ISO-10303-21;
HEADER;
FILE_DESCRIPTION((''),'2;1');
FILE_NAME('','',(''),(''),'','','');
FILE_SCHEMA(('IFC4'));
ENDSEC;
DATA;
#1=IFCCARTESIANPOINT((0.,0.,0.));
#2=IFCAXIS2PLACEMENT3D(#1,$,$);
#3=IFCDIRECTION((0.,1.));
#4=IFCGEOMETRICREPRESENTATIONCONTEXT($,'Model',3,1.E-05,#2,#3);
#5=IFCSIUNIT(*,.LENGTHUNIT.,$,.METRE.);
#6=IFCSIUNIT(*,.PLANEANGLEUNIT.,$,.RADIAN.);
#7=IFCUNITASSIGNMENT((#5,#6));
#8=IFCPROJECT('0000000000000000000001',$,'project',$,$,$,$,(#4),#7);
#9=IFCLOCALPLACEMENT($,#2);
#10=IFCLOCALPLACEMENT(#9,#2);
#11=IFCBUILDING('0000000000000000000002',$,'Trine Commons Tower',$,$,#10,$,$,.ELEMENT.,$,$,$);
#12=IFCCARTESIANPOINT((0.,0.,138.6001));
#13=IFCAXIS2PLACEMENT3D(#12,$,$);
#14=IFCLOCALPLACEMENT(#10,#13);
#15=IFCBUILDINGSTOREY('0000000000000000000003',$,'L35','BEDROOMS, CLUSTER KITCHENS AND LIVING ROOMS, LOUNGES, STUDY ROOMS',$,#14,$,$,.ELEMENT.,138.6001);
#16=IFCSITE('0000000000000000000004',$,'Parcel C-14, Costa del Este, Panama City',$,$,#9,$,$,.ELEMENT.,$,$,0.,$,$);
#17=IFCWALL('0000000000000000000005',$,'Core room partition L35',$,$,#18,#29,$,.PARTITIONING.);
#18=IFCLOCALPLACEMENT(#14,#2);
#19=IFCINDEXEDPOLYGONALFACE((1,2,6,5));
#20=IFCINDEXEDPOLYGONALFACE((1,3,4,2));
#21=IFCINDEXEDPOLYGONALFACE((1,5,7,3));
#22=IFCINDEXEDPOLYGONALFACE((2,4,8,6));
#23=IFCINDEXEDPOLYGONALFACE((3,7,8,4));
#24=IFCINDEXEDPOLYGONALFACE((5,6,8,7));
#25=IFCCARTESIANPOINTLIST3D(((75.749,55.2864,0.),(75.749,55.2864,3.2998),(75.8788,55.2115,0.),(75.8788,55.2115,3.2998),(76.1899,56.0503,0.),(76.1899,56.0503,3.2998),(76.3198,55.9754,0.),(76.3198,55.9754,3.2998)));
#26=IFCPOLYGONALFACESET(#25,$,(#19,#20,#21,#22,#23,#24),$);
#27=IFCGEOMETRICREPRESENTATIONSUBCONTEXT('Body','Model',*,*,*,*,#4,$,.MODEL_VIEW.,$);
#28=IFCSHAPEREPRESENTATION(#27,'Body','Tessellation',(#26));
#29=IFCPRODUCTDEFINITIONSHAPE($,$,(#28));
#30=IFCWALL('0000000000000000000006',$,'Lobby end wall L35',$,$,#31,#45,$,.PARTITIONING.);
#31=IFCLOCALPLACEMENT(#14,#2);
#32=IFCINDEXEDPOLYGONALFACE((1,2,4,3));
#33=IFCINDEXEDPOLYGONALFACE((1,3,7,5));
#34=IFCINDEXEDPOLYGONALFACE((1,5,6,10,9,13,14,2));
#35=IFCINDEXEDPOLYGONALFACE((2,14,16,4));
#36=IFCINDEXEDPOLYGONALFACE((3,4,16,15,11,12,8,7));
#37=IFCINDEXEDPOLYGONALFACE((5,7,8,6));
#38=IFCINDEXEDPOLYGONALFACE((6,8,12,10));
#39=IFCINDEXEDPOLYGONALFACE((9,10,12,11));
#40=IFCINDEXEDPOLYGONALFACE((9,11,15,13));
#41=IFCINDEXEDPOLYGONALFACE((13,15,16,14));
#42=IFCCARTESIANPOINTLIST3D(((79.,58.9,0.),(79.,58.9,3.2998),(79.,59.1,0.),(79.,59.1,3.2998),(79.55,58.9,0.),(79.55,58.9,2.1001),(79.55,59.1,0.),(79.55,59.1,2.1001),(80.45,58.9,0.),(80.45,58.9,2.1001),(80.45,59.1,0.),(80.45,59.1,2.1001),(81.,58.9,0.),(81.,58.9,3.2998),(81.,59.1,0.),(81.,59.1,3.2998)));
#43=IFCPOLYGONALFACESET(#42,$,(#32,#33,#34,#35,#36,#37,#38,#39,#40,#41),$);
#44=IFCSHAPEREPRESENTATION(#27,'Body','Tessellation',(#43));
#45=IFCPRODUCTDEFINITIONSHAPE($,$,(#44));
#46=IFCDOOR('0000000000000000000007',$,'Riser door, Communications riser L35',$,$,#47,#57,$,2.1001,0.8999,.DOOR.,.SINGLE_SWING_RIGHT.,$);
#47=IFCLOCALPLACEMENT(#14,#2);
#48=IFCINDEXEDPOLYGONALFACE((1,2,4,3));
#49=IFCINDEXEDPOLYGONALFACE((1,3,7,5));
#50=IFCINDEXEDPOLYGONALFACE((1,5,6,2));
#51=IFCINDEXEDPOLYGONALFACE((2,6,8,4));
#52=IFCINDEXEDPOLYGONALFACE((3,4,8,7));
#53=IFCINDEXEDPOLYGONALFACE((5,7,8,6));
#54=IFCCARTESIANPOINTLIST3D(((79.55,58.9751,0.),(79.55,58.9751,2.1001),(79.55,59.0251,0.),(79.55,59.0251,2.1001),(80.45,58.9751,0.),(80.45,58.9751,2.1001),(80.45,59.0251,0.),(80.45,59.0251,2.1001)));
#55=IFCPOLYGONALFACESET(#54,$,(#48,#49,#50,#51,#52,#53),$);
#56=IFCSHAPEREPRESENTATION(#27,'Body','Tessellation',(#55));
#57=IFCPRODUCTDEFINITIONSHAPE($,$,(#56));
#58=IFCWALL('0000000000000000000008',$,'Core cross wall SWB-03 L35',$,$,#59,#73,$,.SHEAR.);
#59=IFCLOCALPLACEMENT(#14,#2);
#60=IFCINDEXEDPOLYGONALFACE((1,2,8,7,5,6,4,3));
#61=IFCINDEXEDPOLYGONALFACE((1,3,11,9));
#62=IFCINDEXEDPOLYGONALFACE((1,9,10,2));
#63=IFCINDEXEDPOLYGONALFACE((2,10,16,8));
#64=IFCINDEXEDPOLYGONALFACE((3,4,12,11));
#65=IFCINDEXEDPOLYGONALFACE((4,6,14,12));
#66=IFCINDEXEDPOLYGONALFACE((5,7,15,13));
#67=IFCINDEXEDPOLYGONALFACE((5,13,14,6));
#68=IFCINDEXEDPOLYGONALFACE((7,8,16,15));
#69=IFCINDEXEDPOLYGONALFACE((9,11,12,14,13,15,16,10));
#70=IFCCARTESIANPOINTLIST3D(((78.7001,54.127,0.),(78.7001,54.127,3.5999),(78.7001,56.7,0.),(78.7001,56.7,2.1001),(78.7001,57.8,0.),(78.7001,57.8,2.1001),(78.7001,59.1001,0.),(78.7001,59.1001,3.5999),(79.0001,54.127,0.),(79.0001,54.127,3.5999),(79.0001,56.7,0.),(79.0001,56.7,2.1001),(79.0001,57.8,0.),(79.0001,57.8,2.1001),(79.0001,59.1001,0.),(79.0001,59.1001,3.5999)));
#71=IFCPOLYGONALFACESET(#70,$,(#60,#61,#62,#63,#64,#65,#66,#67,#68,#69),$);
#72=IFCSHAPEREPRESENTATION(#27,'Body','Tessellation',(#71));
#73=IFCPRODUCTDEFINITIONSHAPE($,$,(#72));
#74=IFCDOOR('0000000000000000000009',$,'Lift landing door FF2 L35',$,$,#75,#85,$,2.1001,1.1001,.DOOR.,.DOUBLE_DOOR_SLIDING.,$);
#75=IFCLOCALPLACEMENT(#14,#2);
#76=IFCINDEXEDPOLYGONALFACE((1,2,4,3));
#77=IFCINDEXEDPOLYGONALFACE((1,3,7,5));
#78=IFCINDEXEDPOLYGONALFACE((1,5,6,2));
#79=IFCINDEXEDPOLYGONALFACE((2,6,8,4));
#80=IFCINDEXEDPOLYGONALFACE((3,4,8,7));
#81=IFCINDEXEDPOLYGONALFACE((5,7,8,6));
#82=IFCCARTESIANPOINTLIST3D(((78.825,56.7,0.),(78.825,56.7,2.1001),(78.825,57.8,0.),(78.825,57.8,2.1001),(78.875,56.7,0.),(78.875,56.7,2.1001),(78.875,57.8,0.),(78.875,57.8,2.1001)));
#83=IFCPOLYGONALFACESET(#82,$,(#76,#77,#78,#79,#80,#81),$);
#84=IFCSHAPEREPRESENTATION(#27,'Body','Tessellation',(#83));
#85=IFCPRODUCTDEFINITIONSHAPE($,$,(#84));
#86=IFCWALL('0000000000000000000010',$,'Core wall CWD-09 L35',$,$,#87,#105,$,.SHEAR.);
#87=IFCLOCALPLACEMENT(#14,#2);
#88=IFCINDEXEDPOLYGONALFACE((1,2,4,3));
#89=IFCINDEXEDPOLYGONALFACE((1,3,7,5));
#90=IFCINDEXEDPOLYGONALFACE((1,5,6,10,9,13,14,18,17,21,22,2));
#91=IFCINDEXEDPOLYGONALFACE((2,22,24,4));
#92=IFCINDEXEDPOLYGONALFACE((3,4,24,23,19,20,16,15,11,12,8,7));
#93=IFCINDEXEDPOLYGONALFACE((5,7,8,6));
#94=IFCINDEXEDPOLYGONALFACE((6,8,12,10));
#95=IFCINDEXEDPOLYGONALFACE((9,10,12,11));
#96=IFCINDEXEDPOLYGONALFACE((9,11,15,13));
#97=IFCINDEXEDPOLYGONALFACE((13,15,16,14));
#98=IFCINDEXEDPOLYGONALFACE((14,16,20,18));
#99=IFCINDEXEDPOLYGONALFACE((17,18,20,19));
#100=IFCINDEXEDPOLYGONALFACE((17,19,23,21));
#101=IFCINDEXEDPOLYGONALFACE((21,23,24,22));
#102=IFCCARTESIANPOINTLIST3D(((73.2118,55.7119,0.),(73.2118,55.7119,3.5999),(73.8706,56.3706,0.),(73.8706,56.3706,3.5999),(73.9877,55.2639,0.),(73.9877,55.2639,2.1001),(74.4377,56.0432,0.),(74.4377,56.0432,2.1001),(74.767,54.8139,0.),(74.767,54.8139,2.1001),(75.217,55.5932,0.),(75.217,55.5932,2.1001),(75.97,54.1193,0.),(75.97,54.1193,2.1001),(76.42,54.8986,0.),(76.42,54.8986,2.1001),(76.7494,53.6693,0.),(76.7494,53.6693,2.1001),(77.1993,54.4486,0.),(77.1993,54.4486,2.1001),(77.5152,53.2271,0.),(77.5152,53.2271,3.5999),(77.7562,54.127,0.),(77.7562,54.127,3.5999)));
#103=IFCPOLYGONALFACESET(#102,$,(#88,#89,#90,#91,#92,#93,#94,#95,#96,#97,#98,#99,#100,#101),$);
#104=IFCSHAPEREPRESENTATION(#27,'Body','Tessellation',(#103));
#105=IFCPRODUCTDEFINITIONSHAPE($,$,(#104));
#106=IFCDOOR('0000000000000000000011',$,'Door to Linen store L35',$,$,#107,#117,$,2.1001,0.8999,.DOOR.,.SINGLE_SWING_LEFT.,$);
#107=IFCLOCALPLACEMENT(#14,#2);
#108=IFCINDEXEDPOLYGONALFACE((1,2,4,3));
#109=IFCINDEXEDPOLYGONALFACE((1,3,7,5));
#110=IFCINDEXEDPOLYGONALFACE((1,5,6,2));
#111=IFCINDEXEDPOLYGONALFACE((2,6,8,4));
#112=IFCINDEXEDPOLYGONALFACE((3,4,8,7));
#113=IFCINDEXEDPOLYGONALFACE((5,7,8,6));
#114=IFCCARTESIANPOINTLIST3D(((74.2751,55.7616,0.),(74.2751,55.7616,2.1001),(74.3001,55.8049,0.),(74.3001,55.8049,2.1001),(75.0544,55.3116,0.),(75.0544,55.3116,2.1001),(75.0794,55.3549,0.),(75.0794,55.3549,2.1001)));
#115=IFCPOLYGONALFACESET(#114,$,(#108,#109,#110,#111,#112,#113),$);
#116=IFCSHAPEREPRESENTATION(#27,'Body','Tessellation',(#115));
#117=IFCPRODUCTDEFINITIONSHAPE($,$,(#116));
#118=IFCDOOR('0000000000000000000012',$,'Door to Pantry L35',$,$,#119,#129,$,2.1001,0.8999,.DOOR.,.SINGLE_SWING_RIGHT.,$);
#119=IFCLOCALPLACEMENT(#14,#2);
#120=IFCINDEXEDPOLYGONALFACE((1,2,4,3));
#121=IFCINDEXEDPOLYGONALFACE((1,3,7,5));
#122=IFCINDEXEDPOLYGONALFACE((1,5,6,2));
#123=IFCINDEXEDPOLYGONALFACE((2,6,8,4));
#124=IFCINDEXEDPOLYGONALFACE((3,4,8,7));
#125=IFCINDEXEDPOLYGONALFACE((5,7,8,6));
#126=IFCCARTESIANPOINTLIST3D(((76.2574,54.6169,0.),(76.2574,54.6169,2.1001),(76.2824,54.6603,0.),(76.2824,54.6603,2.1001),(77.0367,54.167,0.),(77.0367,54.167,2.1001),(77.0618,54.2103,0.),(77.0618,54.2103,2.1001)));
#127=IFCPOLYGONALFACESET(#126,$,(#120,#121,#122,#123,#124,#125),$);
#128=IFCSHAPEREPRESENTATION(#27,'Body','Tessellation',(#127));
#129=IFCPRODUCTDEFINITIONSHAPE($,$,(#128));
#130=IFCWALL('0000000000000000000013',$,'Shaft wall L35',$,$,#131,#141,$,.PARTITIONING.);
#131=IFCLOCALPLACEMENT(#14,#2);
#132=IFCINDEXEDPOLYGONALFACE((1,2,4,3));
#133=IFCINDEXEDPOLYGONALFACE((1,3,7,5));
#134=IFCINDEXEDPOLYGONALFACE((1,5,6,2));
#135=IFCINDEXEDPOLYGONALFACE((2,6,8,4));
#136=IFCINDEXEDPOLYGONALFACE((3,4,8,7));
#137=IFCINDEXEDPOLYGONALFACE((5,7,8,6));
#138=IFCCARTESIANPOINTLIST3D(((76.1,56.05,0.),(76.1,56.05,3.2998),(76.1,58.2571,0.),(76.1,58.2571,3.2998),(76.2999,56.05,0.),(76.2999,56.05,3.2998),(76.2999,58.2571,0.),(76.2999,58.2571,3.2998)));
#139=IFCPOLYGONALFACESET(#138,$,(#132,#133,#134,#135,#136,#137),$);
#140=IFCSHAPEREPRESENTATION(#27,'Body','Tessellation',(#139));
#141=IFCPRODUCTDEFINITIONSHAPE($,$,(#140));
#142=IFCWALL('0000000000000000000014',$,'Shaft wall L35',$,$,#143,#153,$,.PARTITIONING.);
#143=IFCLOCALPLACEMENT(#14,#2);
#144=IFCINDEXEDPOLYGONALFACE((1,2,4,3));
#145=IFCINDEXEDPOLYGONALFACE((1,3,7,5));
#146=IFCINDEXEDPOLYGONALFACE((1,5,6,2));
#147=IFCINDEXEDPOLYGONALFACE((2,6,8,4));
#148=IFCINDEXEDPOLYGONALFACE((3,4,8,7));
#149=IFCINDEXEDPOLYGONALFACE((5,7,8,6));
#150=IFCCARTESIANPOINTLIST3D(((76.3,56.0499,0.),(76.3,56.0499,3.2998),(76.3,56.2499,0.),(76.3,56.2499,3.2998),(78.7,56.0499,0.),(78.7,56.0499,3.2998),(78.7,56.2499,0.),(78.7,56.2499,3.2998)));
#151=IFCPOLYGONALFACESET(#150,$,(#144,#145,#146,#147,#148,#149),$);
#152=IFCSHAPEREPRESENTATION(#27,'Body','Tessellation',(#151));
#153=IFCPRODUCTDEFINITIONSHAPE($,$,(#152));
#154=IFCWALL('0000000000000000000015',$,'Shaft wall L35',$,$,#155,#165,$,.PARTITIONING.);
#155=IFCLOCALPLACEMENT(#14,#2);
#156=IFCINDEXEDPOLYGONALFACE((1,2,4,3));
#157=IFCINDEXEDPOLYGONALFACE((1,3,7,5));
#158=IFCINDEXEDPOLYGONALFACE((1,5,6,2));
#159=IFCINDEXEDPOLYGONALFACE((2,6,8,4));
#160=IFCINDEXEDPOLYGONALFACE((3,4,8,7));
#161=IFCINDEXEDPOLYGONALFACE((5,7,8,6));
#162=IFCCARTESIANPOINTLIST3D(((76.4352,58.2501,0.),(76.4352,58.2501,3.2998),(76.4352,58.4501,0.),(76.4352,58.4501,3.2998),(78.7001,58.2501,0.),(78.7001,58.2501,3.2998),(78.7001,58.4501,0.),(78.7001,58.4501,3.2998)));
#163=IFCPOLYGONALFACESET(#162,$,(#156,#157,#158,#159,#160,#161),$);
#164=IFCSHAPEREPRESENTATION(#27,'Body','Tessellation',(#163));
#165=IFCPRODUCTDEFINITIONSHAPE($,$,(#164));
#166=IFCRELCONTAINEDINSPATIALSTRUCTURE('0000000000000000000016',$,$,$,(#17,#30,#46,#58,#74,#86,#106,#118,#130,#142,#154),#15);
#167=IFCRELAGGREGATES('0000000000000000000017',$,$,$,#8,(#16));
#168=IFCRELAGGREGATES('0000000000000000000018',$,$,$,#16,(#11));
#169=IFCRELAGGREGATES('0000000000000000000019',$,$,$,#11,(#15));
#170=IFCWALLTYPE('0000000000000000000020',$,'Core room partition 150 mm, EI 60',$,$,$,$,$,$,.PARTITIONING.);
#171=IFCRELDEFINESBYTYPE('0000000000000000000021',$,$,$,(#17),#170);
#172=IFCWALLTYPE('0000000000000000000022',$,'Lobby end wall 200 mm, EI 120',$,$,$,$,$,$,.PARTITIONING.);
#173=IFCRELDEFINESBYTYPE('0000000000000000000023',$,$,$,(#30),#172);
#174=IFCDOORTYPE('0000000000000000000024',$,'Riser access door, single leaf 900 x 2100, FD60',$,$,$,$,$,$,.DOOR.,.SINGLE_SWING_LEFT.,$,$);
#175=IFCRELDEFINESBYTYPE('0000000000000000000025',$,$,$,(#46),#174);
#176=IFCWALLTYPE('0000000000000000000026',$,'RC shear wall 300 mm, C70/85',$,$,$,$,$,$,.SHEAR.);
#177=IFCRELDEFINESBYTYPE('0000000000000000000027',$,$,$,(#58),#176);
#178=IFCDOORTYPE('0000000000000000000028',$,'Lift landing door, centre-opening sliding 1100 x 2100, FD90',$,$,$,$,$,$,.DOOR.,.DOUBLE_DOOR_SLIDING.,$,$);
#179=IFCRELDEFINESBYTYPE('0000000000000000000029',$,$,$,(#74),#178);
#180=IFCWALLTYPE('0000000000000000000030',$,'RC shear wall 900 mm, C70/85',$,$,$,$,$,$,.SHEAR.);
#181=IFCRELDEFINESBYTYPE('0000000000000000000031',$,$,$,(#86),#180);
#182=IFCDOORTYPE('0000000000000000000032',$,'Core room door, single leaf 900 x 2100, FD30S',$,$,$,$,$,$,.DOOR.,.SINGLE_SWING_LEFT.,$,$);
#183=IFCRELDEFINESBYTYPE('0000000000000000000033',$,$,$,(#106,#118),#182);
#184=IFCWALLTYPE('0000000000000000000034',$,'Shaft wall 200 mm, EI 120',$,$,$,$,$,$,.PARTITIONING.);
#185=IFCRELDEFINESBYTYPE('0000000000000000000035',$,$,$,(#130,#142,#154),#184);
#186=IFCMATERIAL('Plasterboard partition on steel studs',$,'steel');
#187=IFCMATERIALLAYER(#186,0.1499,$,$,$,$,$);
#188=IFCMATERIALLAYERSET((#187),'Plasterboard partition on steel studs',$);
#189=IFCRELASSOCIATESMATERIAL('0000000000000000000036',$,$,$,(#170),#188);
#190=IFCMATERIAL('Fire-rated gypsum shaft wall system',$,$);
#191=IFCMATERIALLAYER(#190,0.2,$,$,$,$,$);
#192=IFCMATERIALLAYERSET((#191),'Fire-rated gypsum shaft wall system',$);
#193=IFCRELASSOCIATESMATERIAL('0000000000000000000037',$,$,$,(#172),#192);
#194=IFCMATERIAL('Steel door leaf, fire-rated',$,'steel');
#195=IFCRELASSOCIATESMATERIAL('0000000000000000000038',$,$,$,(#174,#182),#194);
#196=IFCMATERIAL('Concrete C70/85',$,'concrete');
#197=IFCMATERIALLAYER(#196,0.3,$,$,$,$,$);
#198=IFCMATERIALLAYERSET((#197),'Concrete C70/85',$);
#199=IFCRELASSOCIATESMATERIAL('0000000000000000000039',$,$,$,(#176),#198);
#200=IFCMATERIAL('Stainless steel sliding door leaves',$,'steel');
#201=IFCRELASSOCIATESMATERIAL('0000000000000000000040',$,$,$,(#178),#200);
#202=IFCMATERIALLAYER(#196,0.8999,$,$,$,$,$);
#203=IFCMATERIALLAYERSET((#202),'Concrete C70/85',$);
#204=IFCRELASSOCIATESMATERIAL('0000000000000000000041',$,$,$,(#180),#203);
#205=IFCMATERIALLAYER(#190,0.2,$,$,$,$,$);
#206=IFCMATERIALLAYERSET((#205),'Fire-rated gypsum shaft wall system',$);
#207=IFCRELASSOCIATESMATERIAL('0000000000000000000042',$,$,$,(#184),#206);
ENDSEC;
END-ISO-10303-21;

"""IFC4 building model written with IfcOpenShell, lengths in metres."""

from ifc_helpers import new_model, si_unit, direction, frame, frame_2d, origin, place, context, subcontext, project, spatial, polyline, rectangle, outline, extrude, material, layer, layer_set, type_object, element, fill, save


model = new_model("IFC4")

# Units and contexts
model_context = context("Model", 3, precision=1e-05, world=origin(), true_north=direction((0.0, 1.0)))
body_context = subcontext(model_context, "Body", "Model", "MODEL_VIEW")
ifc_project = project(units=[si_unit("LENGTHUNIT", "METRE"), si_unit("PLANEANGLEUNIT", "RADIAN")], contexts=[model_context])

# Site, building, storey
site_placement = place(None, origin())
site = spatial("IfcSite", under=ifc_project, at=site_placement, Name="Parcel C-14, Costa del Este, Panama City", CompositionType="ELEMENT", RefElevation=0.0)
building_placement = place(site_placement, origin())
building = spatial("IfcBuilding", under=site, at=building_placement, Name="Trine Commons Tower", CompositionType="ELEMENT")
storey_placement = place(building_placement, frame((0.0, 0.0, 138.6001)))
storey = spatial("IfcBuildingStorey", under=building, at=storey_placement, Name="L35", Description="BEDROOMS, CLUSTER KITCHENS AND LIVING ROOMS, LOUNGES, STUDY ROOMS", CompositionType="ELEMENT", Elevation=138.6001)

# Wall
ifc_material_1 = material(Name="Plasterboard partition on steel studs", Category="steel")
ifc_layer_1 = layer(ifc_material_1, 0.1499)
ifc_layer_set_1 = layer_set([ifc_layer_1], Name="Plasterboard partition on steel studs")
wall_type_1 = type_object("IfcWallType", Name="Core room partition 150 mm, EI 60", PredefinedType="PARTITIONING", material=ifc_layer_set_1)
wall_1_placement = place(storey_placement, frame((75.814, 55.249, 0.0), z_axis=(0.0, 0.0, 1.0), x_axis=(0.49989, 0.866089, 0.0)))
element("IfcWall", 1, at=wall_1_placement, inside=storey, type_object=wall_type_1, Name="Core room partition L35", PredefinedType="PARTITIONING", context=body_context, shape_type="SweptSolid", body=[
    extrude(rectangle(XDim=0.8821, YDim=0.1499, at=frame_2d((0.4409, 0.0))), origin(), (0.0, 0.0, 1.0), 3.2998),
])

# Walls, openings, doors
ifc_material_2 = material(Name="Fire-rated gypsum shaft wall system")
ifc_layer_2 = layer(ifc_material_2, 0.2)
ifc_layer_set_2 = layer_set([ifc_layer_2], Name="Fire-rated gypsum shaft wall system")
wall_type_2 = type_object("IfcWallType", Name="Lobby end wall 200 mm, EI 120", PredefinedType="PARTITIONING", material=ifc_layer_set_2)
wall_2_placement = place(storey_placement, frame((79.0, 59.0, 0.0), z_axis=(0.0, 0.0, 1.0), x_axis=(1.0, 0.0, 0.0)))
wall_2 = element("IfcWall", 2, at=wall_2_placement, inside=storey, type_object=wall_type_2, Name="Lobby end wall L35", PredefinedType="PARTITIONING", context=body_context, shape_type="SweptSolid", body=[
    extrude(rectangle(XDim=2.0, YDim=0.2, at=frame_2d((1.0, 0.0))), origin(), (0.0, 0.0, 1.0), 3.2998),
])
opening_1_placement = place(wall_2_placement, frame((0.55, 0.0, 0.0)))
opening_1 = element("IfcOpeningElement", 3, at=opening_1_placement, cuts=wall_2, PredefinedType="OPENING", context=body_context, shape_type="SweptSolid", body=[
    extrude(rectangle(XDim=0.8999, YDim=2.1001, at=frame_2d((0.45, 1.05))), frame((0.0, 0.1099, 0.0), z_axis=(0.0, -1.0, 0.0), x_axis=(1.0, 0.0, 0.0)), (0.0, 0.0, 1.0), 0.22),
])
ifc_material_3 = material(Name="Steel door leaf, fire-rated", Category="steel")
door_type_1 = type_object("IfcDoorType", Name="Riser access door, single leaf 900 x 2100, FD60", OperationType="SINGLE_SWING_LEFT", PredefinedType="DOOR", material=ifc_material_3)
door_1_placement = place(opening_1_placement, frame((0.8999, 0.0, 0.0), z_axis=(0.0, 0.0, 1.0), x_axis=(-1.0, 0.0, 0.0)))
door_1 = element("IfcDoor", 4, at=door_1_placement, inside=storey, type_object=door_type_1, Name="Riser door, Communications riser L35", OperationType="SINGLE_SWING_RIGHT", OverallHeight=2.1001, OverallWidth=0.8999, PredefinedType="DOOR", context=body_context, shape_type="SweptSolid", body=[
    extrude(rectangle(XDim=0.8999, YDim=2.1001, at=frame_2d((0.45, 1.05))), frame((0.0, 0.0249, 0.0), z_axis=(0.0, -1.0, 0.0), x_axis=(1.0, 0.0, 0.0)), (0.0, 0.0, 1.0), 0.05),
])
fill(opening_1, door_1)
ifc_material_4 = material(Name="Concrete C70/85", Category="concrete")
ifc_layer_3 = layer(ifc_material_4, 0.3)
ifc_layer_set_3 = layer_set([ifc_layer_3], Name="Concrete C70/85")
wall_type_3 = type_object("IfcWallType", Name="RC shear wall 300 mm, C70/85", PredefinedType="SHEAR", material=ifc_layer_set_3)
wall_3_placement = place(storey_placement, frame((78.8501, 59.1001, 0.0), z_axis=(0.0, 0.0, 1.0), x_axis=(0.0, -1.0, 0.0)))
wall_3 = element("IfcWall", 5, at=wall_3_placement, inside=storey, type_object=wall_type_3, Name="Core cross wall SWB-03 L35", PredefinedType="SHEAR", context=body_context, shape_type="SweptSolid", body=[
    extrude(rectangle(XDim=4.9731, YDim=0.3, at=frame_2d((2.4866, 0.0))), origin(), (0.0, 0.0, 1.0), 3.5999),
])
opening_2_placement = place(wall_3_placement, frame((1.3, 0.0, 0.0)))
opening_2 = element("IfcOpeningElement", 6, at=opening_2_placement, cuts=wall_3, PredefinedType="OPENING", context=body_context, shape_type="SweptSolid", body=[
    extrude(rectangle(XDim=1.1001, YDim=2.1001, at=frame_2d((0.55, 1.05))), frame((0.0, 0.1599, 0.0), z_axis=(0.0, -1.0, 0.0), x_axis=(1.0, 0.0, 0.0)), (0.0, 0.0, 1.0), 0.3201),
])
ifc_material_5 = material(Name="Stainless steel sliding door leaves", Category="steel")
door_type_2 = type_object("IfcDoorType", Name="Lift landing door, centre-opening sliding 1100 x 2100, FD90", OperationType="DOUBLE_DOOR_SLIDING", PredefinedType="DOOR", material=ifc_material_5)
door_2_placement = place(opening_2_placement, origin())
door_2 = element("IfcDoor", 7, at=door_2_placement, inside=storey, type_object=door_type_2, Name="Lift landing door FF2 L35", OperationType="DOUBLE_DOOR_SLIDING", OverallHeight=2.1001, OverallWidth=1.1001, PredefinedType="DOOR", context=body_context, shape_type="SweptSolid", body=[
    extrude(rectangle(XDim=1.1001, YDim=2.1001, at=frame_2d((0.55, 1.05))), frame((0.0, 0.0249, 0.0), z_axis=(0.0, -1.0, 0.0), x_axis=(1.0, 0.0, 0.0)), (0.0, 0.0, 1.0), 0.05),
])
fill(opening_2, door_2)

# Wall, openings, doors
ifc_layer_4 = layer(ifc_material_4, 0.8999)
ifc_layer_set_4 = layer_set([ifc_layer_4], Name="Concrete C70/85")
wall_type_4 = type_object("IfcWallType", Name="RC shear wall 900 mm, C70/85", PredefinedType="SHEAR", material=ifc_layer_set_4)
wall_4_placement = place(storey_placement, frame((73.4368, 56.1016, 0.0), z_axis=(0.0, 0.0, 1.0), x_axis=(0.866003, -0.500039, 0.0)))
wall_4 = element("IfcWall", 8, at=wall_4_placement, inside=storey, type_object=wall_type_4, Name="Core wall CWD-09 L35", PredefinedType="SHEAR", context=body_context, shape_type="SweptSolid", body=[
    extrude(outline(polyline([(0.0, -0.45), (4.9692, -0.45), (4.728, 0.45), (0.2412, 0.45), (0.0, -0.45)])), origin(), (0.0, 0.0, 1.0), 3.5999),
])
opening_3_placement = place(wall_4_placement, frame((0.896, 0.0, 0.0)))
opening_3 = element("IfcOpeningElement", 9, at=opening_3_placement, cuts=wall_4, PredefinedType="OPENING", context=body_context, shape_type="SweptSolid", body=[
    extrude(rectangle(XDim=0.8999, YDim=2.1001, at=frame_2d((0.45, 1.05))), frame((0.0, 0.46, 0.0), z_axis=(0.0, -1.0, 0.0), x_axis=(1.0, 0.0, 0.0)), (0.0, 0.0, 1.0), 0.9199),
])
opening_4_placement = place(wall_4_placement, frame((3.1851, 0.0, 0.0)))
opening_4 = element("IfcOpeningElement", 10, at=opening_4_placement, cuts=wall_4, PredefinedType="OPENING", context=body_context, shape_type="SweptSolid", body=[
    extrude(rectangle(XDim=0.8999, YDim=2.1001, at=frame_2d((0.45, 1.05))), frame((0.0, 0.46, 0.0), z_axis=(0.0, -1.0, 0.0), x_axis=(1.0, 0.0, 0.0)), (0.0, 0.0, 1.0), 0.9199),
])
door_type_3 = type_object("IfcDoorType", Name="Core room door, single leaf 900 x 2100, FD30S", OperationType="SINGLE_SWING_LEFT", PredefinedType="DOOR", material=ifc_material_3)
door_3_placement = place(opening_3_placement, origin())
door_3 = element("IfcDoor", 11, at=door_3_placement, inside=storey, type_object=door_type_3, Name="Door to Linen store L35", OperationType="SINGLE_SWING_LEFT", OverallHeight=2.1001, OverallWidth=0.8999, PredefinedType="DOOR", context=body_context, shape_type="SweptSolid", body=[
    extrude(rectangle(XDim=0.8999, YDim=2.1001, at=frame_2d((0.45, 1.05))), frame((0.0, 0.1748, 0.0), z_axis=(0.0, -1.0, 0.0), x_axis=(1.0, 0.0, 0.0)), (0.0, 0.0, 1.0), 0.05),
])
fill(opening_3, door_3)
door_4_placement = place(opening_4_placement, origin())
door_4 = element("IfcDoor", 12, at=door_4_placement, inside=storey, type_object=door_type_3, Name="Door to Pantry L35", OperationType="SINGLE_SWING_RIGHT", OverallHeight=2.1001, OverallWidth=0.8999, PredefinedType="DOOR", context=body_context, shape_type="SweptSolid", body=[
    extrude(rectangle(XDim=0.8999, YDim=2.1001, at=frame_2d((0.45, 1.05))), frame((0.0, 0.1748, 0.0), z_axis=(0.0, -1.0, 0.0), x_axis=(1.0, 0.0, 0.0)), (0.0, 0.0, 1.0), 0.05),
])
fill(opening_4, door_4)

# Walls
ifc_layer_5 = layer(ifc_material_2, 0.2)
ifc_layer_set_5 = layer_set([ifc_layer_5], Name="Fire-rated gypsum shaft wall system")
wall_type_5 = type_object("IfcWallType", Name="Shaft wall 200 mm, EI 120", PredefinedType="PARTITIONING", material=ifc_layer_set_5)
wall_5_placement = place(storey_placement, frame((76.2, 58.2571, 0.0), z_axis=(0.0, 0.0, 1.0), x_axis=(0.0, -1.0, 0.0)))
element("IfcWall", 13, at=wall_5_placement, inside=storey, type_object=wall_type_5, Name="Shaft wall L35", PredefinedType="PARTITIONING", context=body_context, shape_type="SweptSolid", body=[
    extrude(rectangle(XDim=2.207, YDim=0.2, at=frame_2d((1.1035, 0.0))), origin(), (0.0, 0.0, 1.0), 3.2998),
])
wall_6_placement = place(storey_placement, frame((78.7, 56.1499, 0.0), z_axis=(0.0, 0.0, 1.0), x_axis=(-1.0, 0.0, 0.0)))
element("IfcWall", 14, at=wall_6_placement, inside=storey, type_object=wall_type_5, Name="Shaft wall L35", PredefinedType="PARTITIONING", context=body_context, shape_type="SweptSolid", body=[
    extrude(rectangle(XDim=2.3999, YDim=0.2, at=frame_2d((1.2, 0.0))), origin(), (0.0, 0.0, 1.0), 3.2998),
])
wall_7_placement = place(storey_placement, frame((78.7, 58.3501, 0.0), z_axis=(0.0, 0.0, 1.0), x_axis=(-1.0, 0.0, 0.0)))
element("IfcWall", 15, at=wall_7_placement, inside=storey, type_object=wall_type_5, Name="Shaft wall L35", PredefinedType="PARTITIONING", context=body_context, shape_type="SweptSolid", body=[
    extrude(rectangle(XDim=2.2649, YDim=0.2, at=frame_2d((1.1323, 0.0))), origin(), (0.0, 0.0, 1.0), 3.2998),
])

save(model, "model.ifc")
